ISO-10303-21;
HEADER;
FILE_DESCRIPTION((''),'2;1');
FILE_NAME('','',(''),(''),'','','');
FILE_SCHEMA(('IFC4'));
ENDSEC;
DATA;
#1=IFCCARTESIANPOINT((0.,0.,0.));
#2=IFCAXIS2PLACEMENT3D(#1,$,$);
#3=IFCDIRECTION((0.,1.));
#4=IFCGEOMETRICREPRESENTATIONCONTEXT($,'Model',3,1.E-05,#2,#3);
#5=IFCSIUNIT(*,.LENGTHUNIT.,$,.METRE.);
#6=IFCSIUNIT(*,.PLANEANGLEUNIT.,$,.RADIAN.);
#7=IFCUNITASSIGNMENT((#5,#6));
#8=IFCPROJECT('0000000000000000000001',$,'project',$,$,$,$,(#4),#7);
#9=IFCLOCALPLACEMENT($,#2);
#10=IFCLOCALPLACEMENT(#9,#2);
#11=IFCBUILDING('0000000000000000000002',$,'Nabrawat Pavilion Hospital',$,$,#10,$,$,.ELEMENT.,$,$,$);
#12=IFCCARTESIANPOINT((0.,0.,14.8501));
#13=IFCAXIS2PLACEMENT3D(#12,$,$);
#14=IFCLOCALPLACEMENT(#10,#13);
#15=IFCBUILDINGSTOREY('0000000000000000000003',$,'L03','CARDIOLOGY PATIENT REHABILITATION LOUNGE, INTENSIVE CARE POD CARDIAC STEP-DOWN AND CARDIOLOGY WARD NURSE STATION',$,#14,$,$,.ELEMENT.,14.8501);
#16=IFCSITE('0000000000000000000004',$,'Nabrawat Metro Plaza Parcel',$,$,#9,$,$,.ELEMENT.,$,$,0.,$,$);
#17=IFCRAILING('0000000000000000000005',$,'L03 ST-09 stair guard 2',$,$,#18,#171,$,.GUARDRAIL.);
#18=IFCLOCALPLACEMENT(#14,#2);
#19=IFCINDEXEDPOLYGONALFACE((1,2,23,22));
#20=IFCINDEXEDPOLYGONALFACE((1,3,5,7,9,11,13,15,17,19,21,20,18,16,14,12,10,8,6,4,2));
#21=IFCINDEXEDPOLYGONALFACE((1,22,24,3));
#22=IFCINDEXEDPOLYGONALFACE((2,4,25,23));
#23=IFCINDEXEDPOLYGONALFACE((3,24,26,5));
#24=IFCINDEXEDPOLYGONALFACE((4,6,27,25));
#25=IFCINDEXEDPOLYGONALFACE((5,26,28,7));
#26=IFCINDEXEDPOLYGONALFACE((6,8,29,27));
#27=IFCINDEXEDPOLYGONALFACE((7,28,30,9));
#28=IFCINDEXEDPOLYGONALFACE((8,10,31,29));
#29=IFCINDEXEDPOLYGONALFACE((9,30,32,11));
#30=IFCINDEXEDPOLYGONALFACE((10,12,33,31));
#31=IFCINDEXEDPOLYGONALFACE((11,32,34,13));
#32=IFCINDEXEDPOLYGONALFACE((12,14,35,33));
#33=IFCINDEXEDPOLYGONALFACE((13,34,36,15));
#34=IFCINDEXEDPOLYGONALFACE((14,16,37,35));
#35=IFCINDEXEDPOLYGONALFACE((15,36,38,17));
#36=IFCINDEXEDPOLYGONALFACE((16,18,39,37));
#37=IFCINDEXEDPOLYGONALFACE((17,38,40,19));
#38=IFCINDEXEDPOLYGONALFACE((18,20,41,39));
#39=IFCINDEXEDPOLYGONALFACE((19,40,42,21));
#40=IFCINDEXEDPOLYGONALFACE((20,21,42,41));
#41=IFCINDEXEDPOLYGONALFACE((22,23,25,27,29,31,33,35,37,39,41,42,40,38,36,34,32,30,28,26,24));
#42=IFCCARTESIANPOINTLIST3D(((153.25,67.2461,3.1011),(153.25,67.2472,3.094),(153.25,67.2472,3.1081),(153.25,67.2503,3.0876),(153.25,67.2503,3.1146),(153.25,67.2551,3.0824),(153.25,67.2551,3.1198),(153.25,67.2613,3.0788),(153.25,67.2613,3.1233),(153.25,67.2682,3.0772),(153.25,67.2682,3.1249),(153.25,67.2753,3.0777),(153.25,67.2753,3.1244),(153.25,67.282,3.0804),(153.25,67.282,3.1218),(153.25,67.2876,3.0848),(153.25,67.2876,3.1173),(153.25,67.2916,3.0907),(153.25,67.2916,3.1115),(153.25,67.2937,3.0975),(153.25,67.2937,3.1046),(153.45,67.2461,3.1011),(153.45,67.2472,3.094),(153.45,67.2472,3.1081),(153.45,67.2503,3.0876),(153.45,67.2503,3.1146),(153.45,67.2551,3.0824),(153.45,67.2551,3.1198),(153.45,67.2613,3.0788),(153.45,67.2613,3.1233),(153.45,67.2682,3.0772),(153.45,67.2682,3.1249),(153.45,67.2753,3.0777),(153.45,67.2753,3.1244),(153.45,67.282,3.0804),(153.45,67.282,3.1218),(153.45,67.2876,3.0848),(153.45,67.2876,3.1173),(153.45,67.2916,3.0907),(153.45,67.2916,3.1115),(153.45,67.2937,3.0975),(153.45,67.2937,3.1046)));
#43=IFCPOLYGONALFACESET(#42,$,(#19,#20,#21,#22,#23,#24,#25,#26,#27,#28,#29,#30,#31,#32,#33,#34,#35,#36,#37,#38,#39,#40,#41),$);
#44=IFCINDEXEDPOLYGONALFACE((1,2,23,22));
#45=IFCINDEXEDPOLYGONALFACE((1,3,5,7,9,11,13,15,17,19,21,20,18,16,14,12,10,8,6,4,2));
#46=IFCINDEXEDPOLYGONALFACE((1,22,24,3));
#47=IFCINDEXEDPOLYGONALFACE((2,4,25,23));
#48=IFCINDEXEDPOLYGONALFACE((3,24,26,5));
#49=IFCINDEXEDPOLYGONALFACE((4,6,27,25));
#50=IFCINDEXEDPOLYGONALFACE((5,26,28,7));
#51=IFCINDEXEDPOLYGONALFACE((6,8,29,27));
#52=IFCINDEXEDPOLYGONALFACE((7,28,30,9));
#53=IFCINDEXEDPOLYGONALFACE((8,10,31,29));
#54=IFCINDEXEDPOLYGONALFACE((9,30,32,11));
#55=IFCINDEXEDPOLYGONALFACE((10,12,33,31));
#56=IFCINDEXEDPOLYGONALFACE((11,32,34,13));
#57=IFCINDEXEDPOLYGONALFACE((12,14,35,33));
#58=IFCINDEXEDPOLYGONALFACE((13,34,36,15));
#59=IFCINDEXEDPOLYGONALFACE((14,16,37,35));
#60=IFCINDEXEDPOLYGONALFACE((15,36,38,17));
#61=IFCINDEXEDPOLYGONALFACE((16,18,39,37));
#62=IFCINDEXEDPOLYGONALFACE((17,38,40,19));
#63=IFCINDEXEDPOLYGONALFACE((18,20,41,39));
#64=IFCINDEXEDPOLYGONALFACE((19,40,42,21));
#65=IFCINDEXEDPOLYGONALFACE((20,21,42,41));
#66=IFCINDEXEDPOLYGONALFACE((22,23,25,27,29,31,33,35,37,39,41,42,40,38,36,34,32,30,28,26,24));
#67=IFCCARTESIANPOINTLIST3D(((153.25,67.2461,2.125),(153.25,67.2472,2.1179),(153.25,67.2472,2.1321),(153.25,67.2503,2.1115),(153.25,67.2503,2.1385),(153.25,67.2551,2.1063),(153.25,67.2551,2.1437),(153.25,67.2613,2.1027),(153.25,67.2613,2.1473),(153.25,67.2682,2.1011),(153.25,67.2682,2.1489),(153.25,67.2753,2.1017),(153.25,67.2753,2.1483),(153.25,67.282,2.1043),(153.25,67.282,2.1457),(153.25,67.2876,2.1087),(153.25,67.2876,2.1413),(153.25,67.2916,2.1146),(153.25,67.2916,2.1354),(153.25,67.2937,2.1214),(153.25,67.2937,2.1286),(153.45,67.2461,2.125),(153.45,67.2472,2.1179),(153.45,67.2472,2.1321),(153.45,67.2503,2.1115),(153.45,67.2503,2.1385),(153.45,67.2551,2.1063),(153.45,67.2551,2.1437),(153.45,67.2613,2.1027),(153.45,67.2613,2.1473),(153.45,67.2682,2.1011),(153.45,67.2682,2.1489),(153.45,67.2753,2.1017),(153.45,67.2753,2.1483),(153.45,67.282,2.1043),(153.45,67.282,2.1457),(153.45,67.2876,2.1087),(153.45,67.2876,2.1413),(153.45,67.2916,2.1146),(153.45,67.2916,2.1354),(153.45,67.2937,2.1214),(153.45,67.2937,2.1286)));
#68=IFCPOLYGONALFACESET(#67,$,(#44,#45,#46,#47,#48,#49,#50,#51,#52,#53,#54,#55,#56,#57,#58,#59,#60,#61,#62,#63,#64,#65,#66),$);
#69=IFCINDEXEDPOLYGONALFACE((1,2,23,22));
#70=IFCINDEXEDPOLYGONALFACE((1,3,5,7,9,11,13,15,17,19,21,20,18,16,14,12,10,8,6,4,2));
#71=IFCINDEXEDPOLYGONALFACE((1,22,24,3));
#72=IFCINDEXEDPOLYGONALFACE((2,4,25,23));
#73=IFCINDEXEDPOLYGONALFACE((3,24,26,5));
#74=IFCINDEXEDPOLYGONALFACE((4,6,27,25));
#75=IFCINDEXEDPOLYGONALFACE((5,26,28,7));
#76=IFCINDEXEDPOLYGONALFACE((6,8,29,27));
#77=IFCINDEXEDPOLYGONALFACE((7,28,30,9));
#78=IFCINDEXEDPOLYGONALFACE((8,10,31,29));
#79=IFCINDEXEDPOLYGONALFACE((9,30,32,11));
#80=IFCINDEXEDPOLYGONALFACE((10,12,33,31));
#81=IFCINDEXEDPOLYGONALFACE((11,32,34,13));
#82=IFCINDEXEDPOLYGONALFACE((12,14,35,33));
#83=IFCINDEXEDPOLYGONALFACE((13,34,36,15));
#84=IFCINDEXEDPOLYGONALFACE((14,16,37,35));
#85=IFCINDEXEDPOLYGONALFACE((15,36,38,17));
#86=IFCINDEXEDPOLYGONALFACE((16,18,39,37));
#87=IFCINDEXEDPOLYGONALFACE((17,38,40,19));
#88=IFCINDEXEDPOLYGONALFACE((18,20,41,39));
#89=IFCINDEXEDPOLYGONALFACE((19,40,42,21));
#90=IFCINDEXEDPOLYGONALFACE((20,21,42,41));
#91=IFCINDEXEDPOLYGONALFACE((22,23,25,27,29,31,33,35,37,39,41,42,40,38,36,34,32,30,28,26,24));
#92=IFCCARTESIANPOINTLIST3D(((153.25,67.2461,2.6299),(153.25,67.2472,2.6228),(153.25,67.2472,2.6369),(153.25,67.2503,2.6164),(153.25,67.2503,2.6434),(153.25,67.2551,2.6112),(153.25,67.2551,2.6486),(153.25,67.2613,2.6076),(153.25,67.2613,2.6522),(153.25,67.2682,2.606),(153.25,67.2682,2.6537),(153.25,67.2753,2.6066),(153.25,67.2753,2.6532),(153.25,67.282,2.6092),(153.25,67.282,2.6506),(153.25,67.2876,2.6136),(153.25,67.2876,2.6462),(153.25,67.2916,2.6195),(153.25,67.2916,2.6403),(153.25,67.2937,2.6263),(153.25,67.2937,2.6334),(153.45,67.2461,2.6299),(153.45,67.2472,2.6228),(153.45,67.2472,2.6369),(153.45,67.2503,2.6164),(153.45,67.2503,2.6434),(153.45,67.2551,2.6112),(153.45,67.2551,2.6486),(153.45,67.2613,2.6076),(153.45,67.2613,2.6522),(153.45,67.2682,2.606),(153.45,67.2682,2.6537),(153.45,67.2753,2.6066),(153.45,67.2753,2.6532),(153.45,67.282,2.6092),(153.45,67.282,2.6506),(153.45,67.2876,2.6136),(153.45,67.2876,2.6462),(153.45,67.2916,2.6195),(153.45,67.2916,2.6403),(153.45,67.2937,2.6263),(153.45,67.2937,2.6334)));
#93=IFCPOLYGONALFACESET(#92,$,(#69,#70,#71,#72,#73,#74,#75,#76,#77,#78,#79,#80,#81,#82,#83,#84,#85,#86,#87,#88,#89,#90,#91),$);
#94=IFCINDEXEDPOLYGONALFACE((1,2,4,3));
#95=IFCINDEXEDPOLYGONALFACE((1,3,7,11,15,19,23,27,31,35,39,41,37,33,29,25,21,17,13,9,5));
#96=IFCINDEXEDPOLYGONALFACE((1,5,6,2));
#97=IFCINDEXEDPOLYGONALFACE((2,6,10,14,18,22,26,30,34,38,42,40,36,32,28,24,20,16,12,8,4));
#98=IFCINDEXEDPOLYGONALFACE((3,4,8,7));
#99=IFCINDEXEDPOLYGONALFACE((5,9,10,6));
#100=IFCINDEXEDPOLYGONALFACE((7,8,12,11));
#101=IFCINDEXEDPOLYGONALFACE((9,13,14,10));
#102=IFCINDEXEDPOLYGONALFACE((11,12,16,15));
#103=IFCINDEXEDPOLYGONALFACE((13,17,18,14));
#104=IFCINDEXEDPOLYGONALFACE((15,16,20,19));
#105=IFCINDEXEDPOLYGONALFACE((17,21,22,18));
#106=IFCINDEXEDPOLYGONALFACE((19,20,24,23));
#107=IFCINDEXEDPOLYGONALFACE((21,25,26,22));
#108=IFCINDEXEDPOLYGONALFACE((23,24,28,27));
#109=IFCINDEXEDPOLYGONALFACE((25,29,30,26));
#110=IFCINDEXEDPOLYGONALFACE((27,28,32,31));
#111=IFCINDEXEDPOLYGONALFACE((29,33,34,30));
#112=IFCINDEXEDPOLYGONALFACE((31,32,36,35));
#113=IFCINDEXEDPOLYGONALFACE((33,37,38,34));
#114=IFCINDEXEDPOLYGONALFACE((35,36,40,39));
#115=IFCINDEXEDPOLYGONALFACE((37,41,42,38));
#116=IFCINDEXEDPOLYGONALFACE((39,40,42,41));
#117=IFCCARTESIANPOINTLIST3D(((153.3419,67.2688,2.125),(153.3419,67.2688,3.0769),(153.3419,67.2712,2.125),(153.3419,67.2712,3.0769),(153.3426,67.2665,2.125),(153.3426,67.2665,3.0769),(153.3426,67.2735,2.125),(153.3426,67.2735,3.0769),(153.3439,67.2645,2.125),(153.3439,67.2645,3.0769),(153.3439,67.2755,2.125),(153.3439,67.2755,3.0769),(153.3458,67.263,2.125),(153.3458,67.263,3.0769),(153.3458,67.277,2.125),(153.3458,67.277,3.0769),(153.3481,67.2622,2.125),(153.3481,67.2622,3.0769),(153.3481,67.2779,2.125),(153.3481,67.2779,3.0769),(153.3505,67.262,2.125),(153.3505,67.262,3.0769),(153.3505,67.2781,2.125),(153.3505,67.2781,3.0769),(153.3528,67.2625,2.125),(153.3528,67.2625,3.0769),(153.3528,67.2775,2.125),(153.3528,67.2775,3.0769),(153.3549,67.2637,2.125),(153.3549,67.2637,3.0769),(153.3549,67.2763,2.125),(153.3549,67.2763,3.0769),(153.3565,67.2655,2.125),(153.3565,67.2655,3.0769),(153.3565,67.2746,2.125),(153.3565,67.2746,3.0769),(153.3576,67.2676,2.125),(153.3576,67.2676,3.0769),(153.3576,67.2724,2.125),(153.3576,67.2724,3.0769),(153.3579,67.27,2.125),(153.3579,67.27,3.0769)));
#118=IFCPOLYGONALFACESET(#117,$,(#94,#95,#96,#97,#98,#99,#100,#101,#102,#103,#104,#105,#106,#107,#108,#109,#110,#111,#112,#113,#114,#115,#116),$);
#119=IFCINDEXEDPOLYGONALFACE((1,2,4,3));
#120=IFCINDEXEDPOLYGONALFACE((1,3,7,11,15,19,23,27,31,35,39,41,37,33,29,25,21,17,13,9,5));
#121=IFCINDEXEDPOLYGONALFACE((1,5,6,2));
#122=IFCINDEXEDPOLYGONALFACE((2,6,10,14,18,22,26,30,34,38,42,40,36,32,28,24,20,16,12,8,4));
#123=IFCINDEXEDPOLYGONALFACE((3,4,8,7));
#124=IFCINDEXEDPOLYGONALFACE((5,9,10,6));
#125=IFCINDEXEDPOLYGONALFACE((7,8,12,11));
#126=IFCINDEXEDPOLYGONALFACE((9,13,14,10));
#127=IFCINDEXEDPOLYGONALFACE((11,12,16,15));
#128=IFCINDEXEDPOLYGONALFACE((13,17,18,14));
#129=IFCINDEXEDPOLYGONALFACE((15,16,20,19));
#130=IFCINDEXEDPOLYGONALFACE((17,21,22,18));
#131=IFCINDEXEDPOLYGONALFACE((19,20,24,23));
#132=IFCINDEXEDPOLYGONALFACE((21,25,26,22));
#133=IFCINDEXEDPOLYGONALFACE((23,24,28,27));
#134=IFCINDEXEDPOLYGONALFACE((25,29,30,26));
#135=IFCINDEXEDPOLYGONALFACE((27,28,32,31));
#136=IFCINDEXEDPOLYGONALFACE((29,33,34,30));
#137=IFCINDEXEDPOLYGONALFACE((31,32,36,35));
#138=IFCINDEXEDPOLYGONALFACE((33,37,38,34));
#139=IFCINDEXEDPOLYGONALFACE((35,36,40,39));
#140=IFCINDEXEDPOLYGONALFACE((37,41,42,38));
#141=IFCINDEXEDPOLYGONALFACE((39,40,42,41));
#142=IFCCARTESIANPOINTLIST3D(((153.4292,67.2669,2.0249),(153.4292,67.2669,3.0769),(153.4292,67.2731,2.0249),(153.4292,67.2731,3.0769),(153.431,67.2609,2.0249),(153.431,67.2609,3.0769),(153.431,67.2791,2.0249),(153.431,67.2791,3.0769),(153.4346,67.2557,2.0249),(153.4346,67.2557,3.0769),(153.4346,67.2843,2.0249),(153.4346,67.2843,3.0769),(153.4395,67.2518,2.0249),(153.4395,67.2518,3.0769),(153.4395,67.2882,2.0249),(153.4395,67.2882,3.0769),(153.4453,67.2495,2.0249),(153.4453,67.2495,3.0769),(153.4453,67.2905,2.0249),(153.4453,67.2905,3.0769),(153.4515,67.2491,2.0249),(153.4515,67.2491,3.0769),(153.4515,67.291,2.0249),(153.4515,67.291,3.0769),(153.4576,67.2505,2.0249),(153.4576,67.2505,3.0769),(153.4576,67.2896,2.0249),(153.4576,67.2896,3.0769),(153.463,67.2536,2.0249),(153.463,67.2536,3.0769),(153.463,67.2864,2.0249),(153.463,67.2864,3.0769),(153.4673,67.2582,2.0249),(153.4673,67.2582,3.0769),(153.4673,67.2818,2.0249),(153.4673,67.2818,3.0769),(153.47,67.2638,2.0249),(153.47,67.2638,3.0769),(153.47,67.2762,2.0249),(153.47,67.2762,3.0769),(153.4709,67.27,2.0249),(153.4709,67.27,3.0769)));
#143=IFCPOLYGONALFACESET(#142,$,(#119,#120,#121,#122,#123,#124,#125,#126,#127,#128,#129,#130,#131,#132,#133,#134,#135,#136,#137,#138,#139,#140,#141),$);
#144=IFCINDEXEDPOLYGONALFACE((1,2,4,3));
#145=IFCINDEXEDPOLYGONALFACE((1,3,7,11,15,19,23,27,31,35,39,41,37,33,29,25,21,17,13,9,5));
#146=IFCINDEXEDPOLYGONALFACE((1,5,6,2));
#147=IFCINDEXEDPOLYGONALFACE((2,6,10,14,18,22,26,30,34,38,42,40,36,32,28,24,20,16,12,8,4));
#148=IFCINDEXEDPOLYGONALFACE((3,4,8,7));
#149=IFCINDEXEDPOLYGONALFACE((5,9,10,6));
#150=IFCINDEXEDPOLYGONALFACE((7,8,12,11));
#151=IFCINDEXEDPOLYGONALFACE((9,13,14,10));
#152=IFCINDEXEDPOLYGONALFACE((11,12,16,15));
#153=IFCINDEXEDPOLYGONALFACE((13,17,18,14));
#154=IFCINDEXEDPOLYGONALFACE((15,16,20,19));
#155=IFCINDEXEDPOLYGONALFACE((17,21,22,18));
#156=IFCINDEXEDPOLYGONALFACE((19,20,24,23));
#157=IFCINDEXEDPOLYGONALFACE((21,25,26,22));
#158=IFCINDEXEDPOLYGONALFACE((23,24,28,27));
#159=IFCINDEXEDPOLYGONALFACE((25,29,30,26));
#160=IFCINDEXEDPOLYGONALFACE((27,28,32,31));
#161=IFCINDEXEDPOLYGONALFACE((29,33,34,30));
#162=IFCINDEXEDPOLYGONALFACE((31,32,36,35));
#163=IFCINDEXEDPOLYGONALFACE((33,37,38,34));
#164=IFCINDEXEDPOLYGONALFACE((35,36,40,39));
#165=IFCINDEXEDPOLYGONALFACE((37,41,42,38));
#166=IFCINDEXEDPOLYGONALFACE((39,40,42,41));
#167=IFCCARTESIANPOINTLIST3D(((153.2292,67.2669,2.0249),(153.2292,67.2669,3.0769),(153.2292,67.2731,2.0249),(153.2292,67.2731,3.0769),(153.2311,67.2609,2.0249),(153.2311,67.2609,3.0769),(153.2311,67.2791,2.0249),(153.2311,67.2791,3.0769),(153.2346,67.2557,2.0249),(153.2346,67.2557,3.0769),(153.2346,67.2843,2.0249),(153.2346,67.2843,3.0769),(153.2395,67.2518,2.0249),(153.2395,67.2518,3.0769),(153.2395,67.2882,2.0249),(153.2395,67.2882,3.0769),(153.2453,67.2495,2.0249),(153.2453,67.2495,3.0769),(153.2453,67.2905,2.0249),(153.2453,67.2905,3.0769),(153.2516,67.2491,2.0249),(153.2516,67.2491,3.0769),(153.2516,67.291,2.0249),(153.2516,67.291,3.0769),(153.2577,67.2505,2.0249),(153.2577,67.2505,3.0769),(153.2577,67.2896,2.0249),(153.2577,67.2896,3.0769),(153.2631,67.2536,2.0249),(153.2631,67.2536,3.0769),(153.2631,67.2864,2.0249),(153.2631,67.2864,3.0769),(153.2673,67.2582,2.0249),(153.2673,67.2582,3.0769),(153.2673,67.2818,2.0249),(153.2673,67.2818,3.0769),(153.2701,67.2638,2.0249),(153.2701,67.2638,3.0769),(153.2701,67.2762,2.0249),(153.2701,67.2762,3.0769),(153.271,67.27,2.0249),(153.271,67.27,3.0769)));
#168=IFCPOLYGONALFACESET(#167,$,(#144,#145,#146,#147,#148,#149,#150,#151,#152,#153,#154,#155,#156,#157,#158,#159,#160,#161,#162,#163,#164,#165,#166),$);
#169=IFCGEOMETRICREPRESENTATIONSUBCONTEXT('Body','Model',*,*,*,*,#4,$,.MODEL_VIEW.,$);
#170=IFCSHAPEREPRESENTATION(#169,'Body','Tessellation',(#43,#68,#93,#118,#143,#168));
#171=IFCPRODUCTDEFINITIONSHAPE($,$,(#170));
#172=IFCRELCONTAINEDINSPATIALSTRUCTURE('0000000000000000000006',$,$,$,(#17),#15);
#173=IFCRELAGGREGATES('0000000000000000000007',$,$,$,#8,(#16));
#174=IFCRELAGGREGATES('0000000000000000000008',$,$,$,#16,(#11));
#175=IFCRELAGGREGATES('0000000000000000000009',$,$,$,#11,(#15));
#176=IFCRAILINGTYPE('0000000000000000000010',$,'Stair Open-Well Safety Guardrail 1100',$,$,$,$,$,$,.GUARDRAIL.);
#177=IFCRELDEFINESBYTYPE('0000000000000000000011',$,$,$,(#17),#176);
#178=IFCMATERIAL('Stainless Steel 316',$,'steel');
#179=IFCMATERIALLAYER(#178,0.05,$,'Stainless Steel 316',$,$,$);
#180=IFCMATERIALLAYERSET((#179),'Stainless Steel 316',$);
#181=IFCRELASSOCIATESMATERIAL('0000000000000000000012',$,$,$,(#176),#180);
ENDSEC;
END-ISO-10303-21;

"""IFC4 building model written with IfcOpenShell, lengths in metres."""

from ifc_helpers import new_model, si_unit, direction, frame, origin, origin_2d, place, context, subcontext, project, spatial, circle, extrude, material, layer, layer_set, type_object, element, save


model = new_model("IFC4")

# Units and contexts
model_context = context("Model", 3, precision=1e-05, world=origin(), true_north=direction((0.0, 1.0)))
body_context = subcontext(model_context, "Body", "Model", "MODEL_VIEW")
ifc_project = project(units=[si_unit("LENGTHUNIT", "METRE"), si_unit("PLANEANGLEUNIT", "RADIAN")], contexts=[model_context])

# Site, building, storey
site_placement = place(None, origin())
site = spatial("IfcSite", under=ifc_project, at=site_placement, Name="Nabrawat Metro Plaza Parcel", CompositionType="ELEMENT", RefElevation=0.0)
building_placement = place(site_placement, origin())
building = spatial("IfcBuilding", under=site, at=building_placement, Name="Nabrawat Pavilion Hospital", CompositionType="ELEMENT")
storey_placement = place(building_placement, frame((0.0, 0.0, 14.8501)))
storey = spatial("IfcBuildingStorey", under=building, at=storey_placement, Name="L03", Description="CARDIOLOGY PATIENT REHABILITATION LOUNGE, INTENSIVE CARE POD CARDIAC STEP-DOWN AND CARDIOLOGY WARD NURSE STATION", CompositionType="ELEMENT", Elevation=14.8501)

# Railing
ifc_material_1 = material(Name="Stainless Steel 316", Category="steel")
ifc_layer_1 = layer(ifc_material_1, 0.05, Name="Stainless Steel 316")
ifc_layer_set_1 = layer_set([ifc_layer_1], Name="Stainless Steel 316")
railing_type_1 = type_object("IfcRailingType", Name="Stair Open-Well Safety Guardrail 1100", PredefinedType="GUARDRAIL", material=ifc_layer_set_1)
railing_1_placement = place(storey_placement, frame((153.45, 67.27, 2.0249)))
element("IfcRailing", 1, at=railing_1_placement, inside=storey, type_object=railing_type_1, Name="L03 ST-09 stair guard 2", PredefinedType="GUARDRAIL", context=body_context, shape_type="SweptSolid", body=[
    extrude(circle(Radius=0.0239, at=origin_2d()), frame((0.0, 0.0, 1.0762), z_axis=(-1.0, 0.0, 0.0), x_axis=(0.0, -1.0, 0.0)), (0.0, 0.0, 1.0), 0.2),
    extrude(circle(Radius=0.0239, at=origin_2d()), frame((0.0, 0.0, 0.1001), z_axis=(-1.0, 0.0, 0.0), x_axis=(0.0, -1.0, 0.0)), (0.0, 0.0, 1.0), 0.2),
    extrude(circle(Radius=0.0239, at=origin_2d()), frame((0.0, 0.0, 0.605), z_axis=(-1.0, 0.0, 0.0), x_axis=(0.0, -1.0, 0.0)), (0.0, 0.0, 1.0), 0.2),
    extrude(circle(Radius=0.0081, at=origin_2d()), frame((-0.1001, 0.0, 0.1001)), (0.0, 0.0, 1.0), 0.9519),
    extrude(circle(Radius=0.021, at=origin_2d()), origin(), (0.0, 0.0, 1.0), 1.052),
    extrude(circle(Radius=0.021, at=origin_2d()), frame((-0.2, 0.0, 0.0)), (0.0, 0.0, 1.0), 1.052),
])

save(model, "model.ifc")
